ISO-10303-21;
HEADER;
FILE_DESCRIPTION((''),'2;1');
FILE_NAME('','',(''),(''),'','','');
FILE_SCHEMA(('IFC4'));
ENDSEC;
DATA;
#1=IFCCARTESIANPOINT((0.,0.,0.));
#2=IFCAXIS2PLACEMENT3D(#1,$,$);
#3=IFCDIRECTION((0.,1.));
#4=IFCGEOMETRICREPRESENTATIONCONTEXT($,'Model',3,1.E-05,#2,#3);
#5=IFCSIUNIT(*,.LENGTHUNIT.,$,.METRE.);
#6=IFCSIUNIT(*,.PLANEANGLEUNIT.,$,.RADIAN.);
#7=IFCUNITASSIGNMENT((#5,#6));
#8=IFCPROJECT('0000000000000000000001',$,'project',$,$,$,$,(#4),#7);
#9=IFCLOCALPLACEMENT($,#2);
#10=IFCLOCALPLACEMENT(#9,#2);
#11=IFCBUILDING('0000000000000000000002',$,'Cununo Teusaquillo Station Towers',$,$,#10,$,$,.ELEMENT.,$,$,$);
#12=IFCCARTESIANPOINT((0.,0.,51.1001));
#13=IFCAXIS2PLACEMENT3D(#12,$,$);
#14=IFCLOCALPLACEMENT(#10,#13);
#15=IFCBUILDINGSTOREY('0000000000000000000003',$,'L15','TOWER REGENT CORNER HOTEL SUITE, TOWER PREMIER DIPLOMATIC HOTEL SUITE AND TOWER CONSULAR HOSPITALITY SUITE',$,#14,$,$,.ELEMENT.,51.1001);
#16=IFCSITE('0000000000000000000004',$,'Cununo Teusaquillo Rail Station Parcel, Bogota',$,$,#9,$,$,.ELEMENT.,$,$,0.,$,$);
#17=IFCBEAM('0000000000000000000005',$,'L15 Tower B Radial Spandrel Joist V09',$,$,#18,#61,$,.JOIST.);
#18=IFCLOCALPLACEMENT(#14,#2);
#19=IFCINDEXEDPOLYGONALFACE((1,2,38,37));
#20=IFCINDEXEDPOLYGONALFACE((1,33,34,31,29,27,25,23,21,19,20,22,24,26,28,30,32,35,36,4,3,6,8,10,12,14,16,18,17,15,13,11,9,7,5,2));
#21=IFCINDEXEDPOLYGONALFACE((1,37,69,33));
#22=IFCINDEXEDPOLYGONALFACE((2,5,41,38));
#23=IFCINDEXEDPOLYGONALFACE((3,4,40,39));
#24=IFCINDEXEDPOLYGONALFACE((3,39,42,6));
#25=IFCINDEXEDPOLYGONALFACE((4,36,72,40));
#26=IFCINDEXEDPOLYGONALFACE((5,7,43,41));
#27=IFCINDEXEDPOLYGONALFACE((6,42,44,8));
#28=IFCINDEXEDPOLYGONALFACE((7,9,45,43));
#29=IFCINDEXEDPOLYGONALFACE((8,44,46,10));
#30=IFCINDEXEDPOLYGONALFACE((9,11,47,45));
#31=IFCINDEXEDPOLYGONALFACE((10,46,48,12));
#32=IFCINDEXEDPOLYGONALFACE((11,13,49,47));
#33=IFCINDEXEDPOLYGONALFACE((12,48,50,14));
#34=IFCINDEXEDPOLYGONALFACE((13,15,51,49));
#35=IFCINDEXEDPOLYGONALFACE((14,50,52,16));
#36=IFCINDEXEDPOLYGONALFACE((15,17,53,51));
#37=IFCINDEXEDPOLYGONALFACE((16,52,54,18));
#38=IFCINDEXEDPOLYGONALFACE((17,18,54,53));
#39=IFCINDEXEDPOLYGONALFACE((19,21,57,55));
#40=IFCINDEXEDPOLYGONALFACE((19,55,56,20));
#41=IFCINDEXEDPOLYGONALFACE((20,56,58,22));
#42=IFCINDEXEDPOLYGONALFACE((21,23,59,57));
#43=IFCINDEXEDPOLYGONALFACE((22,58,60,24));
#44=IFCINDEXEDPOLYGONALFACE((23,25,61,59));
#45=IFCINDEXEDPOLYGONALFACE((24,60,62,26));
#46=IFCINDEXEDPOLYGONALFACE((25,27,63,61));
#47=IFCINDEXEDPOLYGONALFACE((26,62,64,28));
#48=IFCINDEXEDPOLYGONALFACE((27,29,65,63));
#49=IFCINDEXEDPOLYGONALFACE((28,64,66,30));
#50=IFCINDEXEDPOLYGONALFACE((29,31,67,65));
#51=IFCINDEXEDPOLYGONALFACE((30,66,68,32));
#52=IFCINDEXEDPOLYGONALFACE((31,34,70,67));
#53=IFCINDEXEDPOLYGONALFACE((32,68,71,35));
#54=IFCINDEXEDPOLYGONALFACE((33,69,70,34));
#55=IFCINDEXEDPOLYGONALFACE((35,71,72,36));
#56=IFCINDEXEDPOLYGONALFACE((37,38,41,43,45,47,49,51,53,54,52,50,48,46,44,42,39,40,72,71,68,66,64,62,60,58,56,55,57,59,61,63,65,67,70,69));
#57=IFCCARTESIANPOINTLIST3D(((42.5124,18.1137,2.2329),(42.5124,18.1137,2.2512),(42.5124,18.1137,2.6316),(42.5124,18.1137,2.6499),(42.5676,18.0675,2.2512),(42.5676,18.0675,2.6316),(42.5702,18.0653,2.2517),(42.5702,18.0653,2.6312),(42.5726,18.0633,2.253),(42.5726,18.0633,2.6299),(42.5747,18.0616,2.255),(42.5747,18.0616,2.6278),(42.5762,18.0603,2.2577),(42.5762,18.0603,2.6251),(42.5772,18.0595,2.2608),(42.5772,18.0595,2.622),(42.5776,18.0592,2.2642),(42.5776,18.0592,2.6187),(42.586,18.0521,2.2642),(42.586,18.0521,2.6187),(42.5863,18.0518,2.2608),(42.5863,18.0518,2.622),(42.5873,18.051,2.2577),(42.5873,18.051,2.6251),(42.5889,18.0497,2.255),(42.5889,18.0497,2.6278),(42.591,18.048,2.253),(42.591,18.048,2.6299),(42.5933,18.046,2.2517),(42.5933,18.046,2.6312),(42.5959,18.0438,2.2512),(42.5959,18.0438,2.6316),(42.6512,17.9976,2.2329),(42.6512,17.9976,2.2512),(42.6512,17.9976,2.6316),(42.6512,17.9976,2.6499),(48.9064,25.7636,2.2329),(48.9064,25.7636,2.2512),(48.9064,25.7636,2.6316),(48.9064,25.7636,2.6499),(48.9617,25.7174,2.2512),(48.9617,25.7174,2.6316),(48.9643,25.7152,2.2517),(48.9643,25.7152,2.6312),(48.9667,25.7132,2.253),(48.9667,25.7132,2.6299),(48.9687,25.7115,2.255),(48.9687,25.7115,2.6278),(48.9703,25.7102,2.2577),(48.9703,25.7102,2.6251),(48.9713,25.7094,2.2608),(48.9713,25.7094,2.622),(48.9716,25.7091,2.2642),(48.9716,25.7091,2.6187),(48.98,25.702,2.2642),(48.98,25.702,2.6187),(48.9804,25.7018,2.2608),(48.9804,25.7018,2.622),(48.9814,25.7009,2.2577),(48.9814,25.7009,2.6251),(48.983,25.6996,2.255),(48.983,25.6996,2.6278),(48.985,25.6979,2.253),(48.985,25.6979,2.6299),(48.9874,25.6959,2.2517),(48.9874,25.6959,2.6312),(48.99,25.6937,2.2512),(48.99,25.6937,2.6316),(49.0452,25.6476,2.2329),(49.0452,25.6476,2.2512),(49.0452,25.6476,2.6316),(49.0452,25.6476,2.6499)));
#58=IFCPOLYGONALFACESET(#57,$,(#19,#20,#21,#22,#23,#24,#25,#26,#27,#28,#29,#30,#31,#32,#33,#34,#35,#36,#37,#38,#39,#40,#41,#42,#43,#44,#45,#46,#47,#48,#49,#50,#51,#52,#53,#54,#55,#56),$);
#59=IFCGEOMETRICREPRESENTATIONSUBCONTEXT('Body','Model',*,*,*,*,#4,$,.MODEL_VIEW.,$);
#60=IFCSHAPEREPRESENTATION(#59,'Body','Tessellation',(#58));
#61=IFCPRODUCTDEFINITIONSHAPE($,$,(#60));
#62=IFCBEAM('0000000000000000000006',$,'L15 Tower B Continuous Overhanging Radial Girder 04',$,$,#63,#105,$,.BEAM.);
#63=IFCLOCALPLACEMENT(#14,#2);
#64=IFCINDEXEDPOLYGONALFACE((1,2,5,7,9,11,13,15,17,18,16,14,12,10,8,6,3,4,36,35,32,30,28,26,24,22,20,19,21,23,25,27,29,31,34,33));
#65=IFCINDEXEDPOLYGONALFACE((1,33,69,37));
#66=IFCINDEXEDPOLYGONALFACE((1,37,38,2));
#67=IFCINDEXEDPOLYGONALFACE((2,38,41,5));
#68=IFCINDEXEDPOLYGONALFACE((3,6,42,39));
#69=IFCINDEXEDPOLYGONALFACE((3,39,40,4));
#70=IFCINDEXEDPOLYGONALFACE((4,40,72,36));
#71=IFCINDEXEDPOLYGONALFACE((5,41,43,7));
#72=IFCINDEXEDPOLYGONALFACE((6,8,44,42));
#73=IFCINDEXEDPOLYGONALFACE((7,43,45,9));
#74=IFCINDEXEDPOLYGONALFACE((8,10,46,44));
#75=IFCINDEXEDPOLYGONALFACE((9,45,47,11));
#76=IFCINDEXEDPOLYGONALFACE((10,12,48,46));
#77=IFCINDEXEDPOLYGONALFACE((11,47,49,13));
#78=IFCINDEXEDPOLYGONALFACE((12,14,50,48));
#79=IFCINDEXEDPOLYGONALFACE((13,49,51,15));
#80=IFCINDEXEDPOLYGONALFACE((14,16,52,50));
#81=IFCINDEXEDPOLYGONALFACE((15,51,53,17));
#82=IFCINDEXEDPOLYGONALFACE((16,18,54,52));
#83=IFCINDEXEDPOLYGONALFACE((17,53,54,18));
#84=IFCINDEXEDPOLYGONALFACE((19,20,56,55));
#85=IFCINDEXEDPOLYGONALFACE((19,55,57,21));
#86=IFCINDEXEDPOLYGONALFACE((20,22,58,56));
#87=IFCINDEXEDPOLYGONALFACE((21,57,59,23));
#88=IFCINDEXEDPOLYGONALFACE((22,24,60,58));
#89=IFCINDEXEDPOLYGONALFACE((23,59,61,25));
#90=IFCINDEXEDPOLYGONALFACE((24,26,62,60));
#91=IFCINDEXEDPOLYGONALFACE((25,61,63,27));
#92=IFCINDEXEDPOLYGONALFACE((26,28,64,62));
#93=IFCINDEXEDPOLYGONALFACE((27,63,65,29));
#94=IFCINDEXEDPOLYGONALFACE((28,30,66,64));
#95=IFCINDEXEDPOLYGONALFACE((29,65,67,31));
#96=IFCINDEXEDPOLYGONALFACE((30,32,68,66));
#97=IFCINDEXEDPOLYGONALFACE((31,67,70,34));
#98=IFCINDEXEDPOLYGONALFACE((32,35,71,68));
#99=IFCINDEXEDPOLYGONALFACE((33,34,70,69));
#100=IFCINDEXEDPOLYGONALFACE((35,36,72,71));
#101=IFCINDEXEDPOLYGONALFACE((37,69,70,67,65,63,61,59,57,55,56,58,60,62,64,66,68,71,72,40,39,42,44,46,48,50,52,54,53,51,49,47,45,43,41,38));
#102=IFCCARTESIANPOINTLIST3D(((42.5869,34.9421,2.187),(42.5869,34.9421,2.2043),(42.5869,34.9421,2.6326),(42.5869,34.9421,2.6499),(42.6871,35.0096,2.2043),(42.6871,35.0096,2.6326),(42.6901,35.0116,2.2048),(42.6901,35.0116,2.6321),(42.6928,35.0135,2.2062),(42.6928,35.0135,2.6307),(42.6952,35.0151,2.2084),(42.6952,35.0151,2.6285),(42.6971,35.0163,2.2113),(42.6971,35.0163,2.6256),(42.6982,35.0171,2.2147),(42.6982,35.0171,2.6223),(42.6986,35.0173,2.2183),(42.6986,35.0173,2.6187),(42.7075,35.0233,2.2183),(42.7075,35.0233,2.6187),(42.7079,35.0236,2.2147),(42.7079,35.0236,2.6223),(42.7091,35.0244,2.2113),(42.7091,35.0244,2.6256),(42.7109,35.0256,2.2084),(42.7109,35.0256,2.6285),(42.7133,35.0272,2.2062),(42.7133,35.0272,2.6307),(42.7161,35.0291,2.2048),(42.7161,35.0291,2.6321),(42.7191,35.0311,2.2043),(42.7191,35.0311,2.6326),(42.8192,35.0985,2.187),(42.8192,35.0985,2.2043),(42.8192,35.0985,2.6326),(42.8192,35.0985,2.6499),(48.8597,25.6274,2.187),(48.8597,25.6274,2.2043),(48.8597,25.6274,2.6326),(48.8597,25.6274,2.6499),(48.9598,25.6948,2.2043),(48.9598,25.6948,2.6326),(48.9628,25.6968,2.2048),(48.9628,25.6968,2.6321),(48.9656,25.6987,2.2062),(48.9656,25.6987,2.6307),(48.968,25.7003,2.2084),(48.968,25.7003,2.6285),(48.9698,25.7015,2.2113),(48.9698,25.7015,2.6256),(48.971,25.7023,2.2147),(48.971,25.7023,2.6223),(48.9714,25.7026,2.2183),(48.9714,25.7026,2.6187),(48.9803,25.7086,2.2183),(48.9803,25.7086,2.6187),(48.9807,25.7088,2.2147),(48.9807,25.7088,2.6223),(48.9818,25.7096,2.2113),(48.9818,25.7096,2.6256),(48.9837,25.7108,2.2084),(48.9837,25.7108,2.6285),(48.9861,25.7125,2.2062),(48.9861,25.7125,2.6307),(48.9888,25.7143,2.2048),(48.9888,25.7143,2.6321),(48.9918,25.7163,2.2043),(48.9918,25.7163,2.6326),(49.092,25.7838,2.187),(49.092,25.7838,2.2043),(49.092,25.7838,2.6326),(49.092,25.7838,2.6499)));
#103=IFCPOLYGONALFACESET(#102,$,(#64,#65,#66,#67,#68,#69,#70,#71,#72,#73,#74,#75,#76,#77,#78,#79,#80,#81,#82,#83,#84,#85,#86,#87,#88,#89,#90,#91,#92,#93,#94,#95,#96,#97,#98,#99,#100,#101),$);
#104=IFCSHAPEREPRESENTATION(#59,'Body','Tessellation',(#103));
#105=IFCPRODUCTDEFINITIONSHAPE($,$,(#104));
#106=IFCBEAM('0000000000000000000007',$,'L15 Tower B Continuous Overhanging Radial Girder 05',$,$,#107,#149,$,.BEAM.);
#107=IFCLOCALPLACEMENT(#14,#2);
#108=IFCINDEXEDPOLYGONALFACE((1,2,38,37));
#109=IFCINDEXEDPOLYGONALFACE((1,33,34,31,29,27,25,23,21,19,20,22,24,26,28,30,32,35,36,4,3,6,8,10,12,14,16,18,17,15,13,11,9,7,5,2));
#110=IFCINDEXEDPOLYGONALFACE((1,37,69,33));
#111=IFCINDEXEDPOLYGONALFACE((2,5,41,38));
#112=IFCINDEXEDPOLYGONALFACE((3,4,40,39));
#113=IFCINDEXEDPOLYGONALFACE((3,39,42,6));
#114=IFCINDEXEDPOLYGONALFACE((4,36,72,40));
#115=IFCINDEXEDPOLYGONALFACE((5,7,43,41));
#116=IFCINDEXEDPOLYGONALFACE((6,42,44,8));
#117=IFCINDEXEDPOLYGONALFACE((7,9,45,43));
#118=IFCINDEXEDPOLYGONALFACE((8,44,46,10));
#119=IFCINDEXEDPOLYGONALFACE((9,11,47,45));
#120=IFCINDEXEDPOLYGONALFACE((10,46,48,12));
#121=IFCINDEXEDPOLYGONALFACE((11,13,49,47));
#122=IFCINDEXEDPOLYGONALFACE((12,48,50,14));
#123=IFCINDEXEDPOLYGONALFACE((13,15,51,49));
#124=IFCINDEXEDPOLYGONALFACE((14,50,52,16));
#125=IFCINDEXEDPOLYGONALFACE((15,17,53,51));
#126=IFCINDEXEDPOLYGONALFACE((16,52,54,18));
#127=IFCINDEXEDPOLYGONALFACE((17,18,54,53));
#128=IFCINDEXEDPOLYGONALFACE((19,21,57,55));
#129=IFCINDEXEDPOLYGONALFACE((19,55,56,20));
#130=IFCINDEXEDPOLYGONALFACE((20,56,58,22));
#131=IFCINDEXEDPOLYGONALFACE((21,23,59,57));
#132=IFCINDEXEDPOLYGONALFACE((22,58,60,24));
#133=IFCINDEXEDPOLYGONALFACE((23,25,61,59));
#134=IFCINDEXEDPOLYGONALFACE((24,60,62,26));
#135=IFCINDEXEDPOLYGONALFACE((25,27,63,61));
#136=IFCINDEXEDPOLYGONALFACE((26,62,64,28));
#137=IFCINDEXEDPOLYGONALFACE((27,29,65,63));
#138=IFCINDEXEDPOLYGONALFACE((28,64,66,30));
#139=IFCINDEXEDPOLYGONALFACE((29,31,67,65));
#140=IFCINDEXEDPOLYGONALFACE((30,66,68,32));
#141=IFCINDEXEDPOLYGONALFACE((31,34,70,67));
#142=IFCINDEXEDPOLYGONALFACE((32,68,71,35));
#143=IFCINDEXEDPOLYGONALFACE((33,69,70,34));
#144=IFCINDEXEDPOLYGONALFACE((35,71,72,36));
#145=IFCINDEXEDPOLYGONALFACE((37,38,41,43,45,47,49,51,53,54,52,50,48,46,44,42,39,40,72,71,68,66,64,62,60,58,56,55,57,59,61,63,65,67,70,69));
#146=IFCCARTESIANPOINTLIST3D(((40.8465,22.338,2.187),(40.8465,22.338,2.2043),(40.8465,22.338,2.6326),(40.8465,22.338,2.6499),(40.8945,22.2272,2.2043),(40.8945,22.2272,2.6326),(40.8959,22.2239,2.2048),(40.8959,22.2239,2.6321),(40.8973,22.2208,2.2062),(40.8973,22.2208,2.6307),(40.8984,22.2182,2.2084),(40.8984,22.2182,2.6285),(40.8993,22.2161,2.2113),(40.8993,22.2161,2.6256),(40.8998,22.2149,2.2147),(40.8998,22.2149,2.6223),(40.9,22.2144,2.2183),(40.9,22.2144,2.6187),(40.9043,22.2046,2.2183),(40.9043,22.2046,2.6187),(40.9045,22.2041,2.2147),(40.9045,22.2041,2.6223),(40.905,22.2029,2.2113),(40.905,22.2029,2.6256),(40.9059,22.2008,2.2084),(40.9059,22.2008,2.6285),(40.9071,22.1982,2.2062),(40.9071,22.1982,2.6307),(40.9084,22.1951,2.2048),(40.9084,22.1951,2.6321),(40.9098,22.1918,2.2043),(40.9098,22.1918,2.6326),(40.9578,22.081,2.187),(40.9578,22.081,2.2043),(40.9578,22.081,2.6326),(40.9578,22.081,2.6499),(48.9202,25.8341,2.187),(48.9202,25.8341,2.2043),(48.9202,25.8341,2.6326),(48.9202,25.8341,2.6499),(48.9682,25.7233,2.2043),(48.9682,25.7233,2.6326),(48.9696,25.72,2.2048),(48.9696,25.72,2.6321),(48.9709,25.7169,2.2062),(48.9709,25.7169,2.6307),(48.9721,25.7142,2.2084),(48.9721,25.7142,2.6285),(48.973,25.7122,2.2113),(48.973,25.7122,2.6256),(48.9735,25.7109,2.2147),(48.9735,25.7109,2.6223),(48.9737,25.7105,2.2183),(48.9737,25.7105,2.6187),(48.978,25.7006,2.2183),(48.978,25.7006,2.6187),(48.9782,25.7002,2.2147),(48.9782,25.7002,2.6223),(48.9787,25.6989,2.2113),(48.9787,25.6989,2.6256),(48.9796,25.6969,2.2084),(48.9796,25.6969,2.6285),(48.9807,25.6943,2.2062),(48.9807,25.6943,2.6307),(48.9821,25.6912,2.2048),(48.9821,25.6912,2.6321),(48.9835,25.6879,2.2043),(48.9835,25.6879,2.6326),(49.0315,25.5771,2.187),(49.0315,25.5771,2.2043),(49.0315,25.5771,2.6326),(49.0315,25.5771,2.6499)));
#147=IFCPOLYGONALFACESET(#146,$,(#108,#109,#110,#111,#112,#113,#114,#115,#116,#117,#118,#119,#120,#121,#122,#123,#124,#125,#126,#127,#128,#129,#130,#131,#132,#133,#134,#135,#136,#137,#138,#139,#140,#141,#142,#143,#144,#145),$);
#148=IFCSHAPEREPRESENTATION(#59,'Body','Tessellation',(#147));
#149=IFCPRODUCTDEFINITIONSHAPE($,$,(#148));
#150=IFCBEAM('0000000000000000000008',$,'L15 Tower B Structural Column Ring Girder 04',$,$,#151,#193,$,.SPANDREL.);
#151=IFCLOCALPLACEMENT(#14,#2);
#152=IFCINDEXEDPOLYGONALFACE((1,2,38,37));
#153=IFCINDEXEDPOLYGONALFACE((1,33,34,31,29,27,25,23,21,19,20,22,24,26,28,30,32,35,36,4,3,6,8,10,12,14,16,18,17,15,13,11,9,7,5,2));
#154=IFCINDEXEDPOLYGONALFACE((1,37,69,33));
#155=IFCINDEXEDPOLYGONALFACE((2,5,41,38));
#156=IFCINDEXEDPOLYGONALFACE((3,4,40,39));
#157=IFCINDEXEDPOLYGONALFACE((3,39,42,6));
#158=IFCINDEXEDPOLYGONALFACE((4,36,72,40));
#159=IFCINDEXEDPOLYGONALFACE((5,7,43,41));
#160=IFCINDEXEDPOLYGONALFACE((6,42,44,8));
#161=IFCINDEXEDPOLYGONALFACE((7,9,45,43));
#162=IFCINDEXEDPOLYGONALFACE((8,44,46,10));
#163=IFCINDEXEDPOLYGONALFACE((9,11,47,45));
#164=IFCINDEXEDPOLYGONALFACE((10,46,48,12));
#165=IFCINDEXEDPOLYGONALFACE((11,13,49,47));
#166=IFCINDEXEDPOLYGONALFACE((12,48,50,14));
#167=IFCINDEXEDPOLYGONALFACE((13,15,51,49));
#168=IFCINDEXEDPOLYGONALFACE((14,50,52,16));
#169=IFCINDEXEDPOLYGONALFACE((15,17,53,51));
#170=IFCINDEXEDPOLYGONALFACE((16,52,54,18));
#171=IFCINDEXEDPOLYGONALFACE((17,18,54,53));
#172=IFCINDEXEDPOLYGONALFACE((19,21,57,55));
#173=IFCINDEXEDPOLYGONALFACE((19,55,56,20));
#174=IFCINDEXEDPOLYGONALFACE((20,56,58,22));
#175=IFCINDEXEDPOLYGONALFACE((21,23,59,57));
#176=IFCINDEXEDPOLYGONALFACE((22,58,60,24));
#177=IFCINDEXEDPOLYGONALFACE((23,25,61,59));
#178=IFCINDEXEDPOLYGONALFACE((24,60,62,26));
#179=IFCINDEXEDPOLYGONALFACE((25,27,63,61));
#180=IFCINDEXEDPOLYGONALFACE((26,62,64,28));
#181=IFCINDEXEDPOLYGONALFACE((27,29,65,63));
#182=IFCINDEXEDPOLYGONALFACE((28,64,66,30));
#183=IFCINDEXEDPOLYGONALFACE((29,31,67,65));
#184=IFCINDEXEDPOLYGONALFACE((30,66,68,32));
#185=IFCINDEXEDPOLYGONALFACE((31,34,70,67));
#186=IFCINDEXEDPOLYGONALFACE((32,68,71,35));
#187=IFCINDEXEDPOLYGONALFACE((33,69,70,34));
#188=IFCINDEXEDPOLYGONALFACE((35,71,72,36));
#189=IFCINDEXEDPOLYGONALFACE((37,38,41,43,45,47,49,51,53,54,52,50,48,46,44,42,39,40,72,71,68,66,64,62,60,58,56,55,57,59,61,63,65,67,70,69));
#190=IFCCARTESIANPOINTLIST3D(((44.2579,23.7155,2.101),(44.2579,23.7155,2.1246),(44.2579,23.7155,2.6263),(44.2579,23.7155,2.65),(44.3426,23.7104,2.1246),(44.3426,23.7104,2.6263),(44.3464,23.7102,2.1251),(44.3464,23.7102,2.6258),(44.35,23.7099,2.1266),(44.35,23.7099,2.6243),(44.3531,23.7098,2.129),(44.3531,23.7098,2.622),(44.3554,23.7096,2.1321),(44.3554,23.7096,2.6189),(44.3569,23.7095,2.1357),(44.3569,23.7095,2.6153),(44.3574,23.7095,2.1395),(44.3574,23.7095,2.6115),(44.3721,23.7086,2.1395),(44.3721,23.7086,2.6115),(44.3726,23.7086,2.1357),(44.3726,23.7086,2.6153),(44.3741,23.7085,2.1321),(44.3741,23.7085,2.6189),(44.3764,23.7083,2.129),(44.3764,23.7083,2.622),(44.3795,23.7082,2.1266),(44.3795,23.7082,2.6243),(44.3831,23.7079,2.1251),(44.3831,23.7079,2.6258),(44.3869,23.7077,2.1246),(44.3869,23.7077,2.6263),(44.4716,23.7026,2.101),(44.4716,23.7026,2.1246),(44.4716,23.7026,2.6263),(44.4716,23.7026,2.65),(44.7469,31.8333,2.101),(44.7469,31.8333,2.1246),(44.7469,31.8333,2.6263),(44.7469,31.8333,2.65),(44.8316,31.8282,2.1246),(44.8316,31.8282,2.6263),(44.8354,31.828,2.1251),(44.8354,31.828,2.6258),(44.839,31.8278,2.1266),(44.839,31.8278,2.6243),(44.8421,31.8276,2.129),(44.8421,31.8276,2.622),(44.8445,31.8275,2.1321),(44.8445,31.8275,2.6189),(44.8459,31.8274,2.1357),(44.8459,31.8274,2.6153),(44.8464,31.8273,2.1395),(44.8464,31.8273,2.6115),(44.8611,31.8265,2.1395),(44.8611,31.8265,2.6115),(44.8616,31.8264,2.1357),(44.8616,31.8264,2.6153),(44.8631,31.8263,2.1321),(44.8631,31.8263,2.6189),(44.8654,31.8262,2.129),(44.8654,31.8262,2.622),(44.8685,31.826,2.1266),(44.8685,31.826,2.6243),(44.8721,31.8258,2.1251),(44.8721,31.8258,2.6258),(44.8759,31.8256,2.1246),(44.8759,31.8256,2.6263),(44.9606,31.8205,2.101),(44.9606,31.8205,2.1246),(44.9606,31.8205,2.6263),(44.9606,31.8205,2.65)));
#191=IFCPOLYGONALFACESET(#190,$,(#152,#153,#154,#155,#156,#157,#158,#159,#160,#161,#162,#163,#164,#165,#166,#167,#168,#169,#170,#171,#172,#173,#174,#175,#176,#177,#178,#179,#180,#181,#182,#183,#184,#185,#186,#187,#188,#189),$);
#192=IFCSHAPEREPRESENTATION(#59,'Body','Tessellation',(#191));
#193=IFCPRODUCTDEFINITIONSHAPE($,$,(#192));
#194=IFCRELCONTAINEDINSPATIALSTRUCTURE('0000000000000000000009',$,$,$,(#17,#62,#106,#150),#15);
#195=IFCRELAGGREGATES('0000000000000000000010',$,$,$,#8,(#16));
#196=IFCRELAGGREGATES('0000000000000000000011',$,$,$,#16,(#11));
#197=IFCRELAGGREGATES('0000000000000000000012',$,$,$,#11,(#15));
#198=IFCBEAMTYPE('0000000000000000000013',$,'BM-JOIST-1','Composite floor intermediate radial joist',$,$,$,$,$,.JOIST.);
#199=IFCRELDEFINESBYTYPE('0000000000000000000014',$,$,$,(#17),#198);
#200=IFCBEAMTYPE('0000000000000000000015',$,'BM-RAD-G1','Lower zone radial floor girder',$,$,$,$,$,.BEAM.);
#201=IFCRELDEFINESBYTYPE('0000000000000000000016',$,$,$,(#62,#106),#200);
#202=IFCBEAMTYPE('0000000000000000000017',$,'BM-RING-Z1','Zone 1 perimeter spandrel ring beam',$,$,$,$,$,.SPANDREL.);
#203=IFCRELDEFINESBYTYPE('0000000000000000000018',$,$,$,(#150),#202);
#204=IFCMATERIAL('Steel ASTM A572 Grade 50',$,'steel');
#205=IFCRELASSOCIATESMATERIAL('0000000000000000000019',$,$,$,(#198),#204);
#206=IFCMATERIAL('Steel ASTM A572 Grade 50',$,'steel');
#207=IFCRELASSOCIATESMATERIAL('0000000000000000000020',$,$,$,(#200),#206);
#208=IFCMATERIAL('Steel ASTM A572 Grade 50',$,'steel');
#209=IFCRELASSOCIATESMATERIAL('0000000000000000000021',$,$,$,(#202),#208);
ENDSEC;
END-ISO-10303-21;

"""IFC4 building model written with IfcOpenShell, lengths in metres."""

from ifc_helpers import new_model, si_unit, direction, frame, origin, origin_2d, place, context, subcontext, project, spatial, i_section, extrude, material, material_profile, profile_set, type_object, element, save


model = new_model("IFC4")

# Units and contexts
model_context = context("Model", 3, precision=1e-05, world=origin(), true_north=direction((0.0, 1.0)))
body_context = subcontext(model_context, "Body", "Model", "MODEL_VIEW")
ifc_project = project(units=[si_unit("LENGTHUNIT", "METRE"), si_unit("PLANEANGLEUNIT", "RADIAN")], contexts=[model_context])

# Site, building, storey
site_placement = place(None, origin())
site = spatial("IfcSite", under=ifc_project, at=site_placement, Name="Cununo Teusaquillo Rail Station Parcel, Bogota", CompositionType="ELEMENT", RefElevation=0.0)
building_placement = place(site_placement, origin())
building = spatial("IfcBuilding", under=site, at=building_placement, Name="Cununo Teusaquillo Station Towers", CompositionType="ELEMENT")
storey_placement = place(building_placement, frame((0.0, 0.0, 51.1001)))
storey = spatial("IfcBuildingStorey", under=building, at=storey_placement, Name="L15", Description="TOWER REGENT CORNER HOTEL SUITE, TOWER PREMIER DIPLOMATIC HOTEL SUITE AND TOWER CONSULAR HOSPITALITY SUITE", CompositionType="ELEMENT", Elevation=51.1001)

# Beams
ifc_material_1 = material(Name="Steel ASTM A572 Grade 50", Category="steel")
ifc_material_profile_1 = material_profile(ifc_material_1, i_section(OverallWidth=0.1809, OverallDepth=0.417, WebThickness=0.011, FlangeThickness=0.0183, FilletRadius=0.0129, at=origin_2d()), Name="W16X57")
ifc_profile_set_1 = profile_set([ifc_material_profile_1], Name="Steel ASTM A572 Grade 50")
beam_type_1 = type_object("IfcBeamType", Name="BM-JOIST-1", Description="Composite floor intermediate radial joist", PredefinedType="JOIST", material=ifc_profile_set_1)
beam_1_placement = place(storey_placement, frame((48.9758, 25.7056, 2.4414), z_axis=(-0.641316, -0.767277, 0.0), x_axis=(0.767277, -0.641316, 0.0)))
element("IfcBeam", 1, at=beam_1_placement, inside=storey, type_object=beam_type_1, Name="L15 Tower B Radial Spandrel Joist V09", PredefinedType="JOIST", context=body_context, shape_type="SweptSolid", body=[
    extrude(i_section(OverallWidth=0.1809, OverallDepth=0.417, WebThickness=0.011, FlangeThickness=0.0183, FilletRadius=0.0129, at=origin_2d()), origin(), (0.0, 0.0, 1.0), 9.9702),
])
ifc_material_2 = material(Name="Steel ASTM A572 Grade 50", Category="steel")
ifc_material_profile_2 = material_profile(ifc_material_2, i_section(OverallWidth=0.28, OverallDepth=0.4629, WebThickness=0.0107, FlangeThickness=0.0173, FilletRadius=0.0139, at=origin_2d()), Name="W18X76")
ifc_profile_set_2 = profile_set([ifc_material_profile_2], Name="Steel ASTM A572 Grade 50")
beam_type_2 = type_object("IfcBeamType", Name="BM-RAD-G1", Description="Lower zone radial floor girder", PredefinedType="BEAM", material=ifc_profile_set_2)
beam_2_placement = place(storey_placement, frame((48.9758, 25.7056, 2.4185), z_axis=(-0.558572, 0.829456, 0.0), x_axis=(-0.829456, -0.558572, 0.0)))
element("IfcBeam", 2, at=beam_2_placement, inside=storey, type_object=beam_type_2, Name="L15 Tower B Continuous Overhanging Radial Girder 04", PredefinedType="BEAM", context=body_context, shape_type="SweptSolid", body=[
    extrude(i_section(OverallWidth=0.28, OverallDepth=0.4629, WebThickness=0.0107, FlangeThickness=0.0173, FilletRadius=0.0139, at=origin_2d()), origin(), (0.0, 0.0, 1.0), 11.23),
])
beam_3_placement = place(storey_placement, frame((48.9758, 25.7056, 2.4185), z_axis=(-0.91766, -0.397366, 0.0), x_axis=(0.397366, -0.91766, 0.0)))
element("IfcBeam", 3, at=beam_3_placement, inside=storey, type_object=beam_type_2, Name="L15 Tower B Continuous Overhanging Radial Girder 05", PredefinedType="BEAM", context=body_context, shape_type="SweptSolid", body=[
    extrude(i_section(OverallWidth=0.28, OverallDepth=0.4629, WebThickness=0.0107, FlangeThickness=0.0173, FilletRadius=0.0139, at=origin_2d()), origin(), (0.0, 0.0, 1.0), 8.7981),
])
ifc_material_3 = material(Name="Steel ASTM A572 Grade 50", Category="steel")
ifc_material_profile_3 = material_profile(ifc_material_3, i_section(OverallWidth=0.2141, OverallDepth=0.5491, WebThickness=0.0146, FlangeThickness=0.0237, FilletRadius=0.0149, at=origin_2d()), Name="W21X93")
ifc_profile_set_3 = profile_set([ifc_material_profile_3], Name="Steel ASTM A572 Grade 50")
beam_type_3 = type_object("IfcBeamType", Name="BM-RING-Z1", Description="Zone 1 perimeter spandrel ring beam", PredefinedType="SPANDREL", material=ifc_profile_set_3)
beam_4_placement = place(storey_placement, frame((44.8538, 31.8269, 2.3755), z_axis=(-0.06013, -0.998191, 0.0), x_axis=(0.998191, -0.06013, 0.0)))
element("IfcBeam", 4, at=beam_4_placement, inside=storey, type_object=beam_type_3, Name="L15 Tower B Structural Column Ring Girder 04", PredefinedType="SPANDREL", context=body_context, shape_type="SweptSolid", body=[
    extrude(i_section(OverallWidth=0.2141, OverallDepth=0.5491, WebThickness=0.0146, FlangeThickness=0.0237, FilletRadius=0.0149, at=origin_2d()), origin(), (0.0, 0.0, 1.0), 8.1326),
])

save(model, "model.ifc")
